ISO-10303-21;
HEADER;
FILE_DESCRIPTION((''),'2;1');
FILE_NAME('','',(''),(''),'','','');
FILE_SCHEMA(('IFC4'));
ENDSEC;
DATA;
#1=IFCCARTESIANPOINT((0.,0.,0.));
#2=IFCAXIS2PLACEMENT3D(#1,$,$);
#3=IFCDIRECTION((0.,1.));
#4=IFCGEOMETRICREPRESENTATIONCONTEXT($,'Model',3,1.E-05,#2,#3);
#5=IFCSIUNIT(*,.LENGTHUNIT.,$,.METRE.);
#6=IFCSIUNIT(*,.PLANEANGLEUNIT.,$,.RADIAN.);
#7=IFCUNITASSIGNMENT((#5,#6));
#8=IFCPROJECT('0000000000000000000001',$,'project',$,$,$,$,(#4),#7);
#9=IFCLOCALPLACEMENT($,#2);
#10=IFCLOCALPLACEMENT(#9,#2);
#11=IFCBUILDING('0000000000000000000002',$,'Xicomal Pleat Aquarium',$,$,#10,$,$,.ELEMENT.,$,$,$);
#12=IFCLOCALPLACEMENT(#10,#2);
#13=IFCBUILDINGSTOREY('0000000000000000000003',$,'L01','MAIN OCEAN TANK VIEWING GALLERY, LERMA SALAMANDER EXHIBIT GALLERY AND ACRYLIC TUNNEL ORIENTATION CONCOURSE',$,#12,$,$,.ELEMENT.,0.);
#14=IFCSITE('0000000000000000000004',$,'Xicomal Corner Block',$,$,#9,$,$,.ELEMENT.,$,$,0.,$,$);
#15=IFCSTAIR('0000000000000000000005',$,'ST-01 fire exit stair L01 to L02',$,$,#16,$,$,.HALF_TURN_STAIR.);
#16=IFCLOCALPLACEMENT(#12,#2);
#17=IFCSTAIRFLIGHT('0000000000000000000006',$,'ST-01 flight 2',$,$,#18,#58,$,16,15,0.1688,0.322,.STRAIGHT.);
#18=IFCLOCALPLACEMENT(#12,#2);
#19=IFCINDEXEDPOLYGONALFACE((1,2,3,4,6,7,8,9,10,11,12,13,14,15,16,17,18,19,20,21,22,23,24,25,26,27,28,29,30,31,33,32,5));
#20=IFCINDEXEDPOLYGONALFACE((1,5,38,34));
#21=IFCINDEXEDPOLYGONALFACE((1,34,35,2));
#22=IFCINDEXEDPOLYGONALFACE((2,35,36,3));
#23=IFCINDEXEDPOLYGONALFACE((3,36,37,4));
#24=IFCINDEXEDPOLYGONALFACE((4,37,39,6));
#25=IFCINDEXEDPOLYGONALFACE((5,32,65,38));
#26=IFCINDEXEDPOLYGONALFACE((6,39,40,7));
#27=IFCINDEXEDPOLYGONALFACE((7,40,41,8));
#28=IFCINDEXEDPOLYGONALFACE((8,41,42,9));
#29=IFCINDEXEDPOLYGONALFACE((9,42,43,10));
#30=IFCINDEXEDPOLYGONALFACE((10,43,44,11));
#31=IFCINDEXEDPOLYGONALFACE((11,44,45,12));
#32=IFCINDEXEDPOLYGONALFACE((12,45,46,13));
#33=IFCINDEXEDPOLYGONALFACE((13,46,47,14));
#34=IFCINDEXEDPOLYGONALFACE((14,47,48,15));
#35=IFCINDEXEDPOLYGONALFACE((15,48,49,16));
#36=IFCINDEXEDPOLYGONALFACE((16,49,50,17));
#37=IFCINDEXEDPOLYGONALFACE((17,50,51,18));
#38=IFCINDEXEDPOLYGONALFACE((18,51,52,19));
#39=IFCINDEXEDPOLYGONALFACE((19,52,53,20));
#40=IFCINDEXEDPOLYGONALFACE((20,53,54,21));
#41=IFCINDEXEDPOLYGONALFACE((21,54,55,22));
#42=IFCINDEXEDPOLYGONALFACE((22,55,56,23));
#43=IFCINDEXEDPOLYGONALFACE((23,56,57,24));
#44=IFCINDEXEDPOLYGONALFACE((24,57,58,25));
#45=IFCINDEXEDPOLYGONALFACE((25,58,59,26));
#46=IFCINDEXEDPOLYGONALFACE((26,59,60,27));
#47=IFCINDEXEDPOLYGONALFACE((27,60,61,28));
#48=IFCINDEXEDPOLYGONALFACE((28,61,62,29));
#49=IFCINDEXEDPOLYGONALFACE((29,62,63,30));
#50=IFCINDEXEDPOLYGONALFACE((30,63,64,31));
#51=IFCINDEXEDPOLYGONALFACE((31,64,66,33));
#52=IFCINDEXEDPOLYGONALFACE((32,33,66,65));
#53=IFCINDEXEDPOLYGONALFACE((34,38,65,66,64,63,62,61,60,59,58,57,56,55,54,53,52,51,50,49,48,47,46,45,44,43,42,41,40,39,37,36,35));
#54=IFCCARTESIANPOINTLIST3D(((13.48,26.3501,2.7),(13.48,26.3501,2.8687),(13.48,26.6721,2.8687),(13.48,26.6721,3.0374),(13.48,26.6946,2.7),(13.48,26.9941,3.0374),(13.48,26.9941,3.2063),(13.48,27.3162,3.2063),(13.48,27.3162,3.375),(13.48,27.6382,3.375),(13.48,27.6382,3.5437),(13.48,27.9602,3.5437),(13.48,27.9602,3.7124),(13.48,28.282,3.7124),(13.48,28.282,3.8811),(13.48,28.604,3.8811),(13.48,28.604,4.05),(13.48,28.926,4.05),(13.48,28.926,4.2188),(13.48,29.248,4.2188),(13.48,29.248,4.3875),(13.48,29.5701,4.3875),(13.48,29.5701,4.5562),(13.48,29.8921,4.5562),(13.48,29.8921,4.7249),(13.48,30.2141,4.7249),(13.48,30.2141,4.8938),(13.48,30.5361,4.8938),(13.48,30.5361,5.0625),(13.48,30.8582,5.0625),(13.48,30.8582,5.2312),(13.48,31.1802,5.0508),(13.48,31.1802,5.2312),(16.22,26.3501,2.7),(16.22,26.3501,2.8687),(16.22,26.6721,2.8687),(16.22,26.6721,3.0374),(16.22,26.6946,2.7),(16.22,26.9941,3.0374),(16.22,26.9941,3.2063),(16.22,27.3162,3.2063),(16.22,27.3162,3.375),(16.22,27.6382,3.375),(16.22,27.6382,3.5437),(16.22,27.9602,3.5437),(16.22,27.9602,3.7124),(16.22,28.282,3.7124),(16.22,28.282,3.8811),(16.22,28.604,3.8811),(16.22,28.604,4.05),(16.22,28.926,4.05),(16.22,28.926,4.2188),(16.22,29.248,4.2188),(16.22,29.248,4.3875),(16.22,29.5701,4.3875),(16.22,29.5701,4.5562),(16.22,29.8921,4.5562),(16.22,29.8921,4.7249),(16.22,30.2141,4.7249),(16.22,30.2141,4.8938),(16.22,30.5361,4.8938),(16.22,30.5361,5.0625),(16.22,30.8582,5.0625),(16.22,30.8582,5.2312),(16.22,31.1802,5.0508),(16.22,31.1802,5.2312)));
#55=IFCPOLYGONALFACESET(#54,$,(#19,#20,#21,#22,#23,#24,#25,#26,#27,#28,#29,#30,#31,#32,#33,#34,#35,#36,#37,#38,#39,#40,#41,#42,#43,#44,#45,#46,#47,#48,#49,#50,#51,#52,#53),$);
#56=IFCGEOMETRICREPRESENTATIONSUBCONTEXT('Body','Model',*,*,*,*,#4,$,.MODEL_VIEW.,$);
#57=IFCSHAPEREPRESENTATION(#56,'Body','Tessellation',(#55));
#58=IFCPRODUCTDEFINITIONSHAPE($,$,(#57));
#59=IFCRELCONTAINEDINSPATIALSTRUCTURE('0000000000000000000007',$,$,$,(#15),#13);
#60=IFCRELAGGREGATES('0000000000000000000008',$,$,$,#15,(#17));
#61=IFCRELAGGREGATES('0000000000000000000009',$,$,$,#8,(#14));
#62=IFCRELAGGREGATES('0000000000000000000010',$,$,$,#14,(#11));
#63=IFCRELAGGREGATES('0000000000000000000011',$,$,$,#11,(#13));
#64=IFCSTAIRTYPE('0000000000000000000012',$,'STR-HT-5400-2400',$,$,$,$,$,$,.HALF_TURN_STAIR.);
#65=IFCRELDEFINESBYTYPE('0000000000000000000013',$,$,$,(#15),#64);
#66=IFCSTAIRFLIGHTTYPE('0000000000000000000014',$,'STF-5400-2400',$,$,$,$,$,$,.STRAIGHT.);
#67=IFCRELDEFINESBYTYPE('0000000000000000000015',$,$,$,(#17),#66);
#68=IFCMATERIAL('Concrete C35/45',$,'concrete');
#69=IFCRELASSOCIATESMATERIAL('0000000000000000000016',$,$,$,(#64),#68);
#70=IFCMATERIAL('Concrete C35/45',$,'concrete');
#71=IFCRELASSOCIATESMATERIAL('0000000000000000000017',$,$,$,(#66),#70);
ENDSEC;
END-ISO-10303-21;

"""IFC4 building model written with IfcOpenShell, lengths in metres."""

from ifc_helpers import new_model, si_unit, direction, frame, origin, place, context, subcontext, project, spatial, polyline, outline, extrude, material, type_object, element, aggregate, save


model = new_model("IFC4")

# Units and contexts
model_context = context("Model", 3, precision=1e-05, world=origin(), true_north=direction((0.0, 1.0)))
body_context = subcontext(model_context, "Body", "Model", "MODEL_VIEW")
ifc_project = project(units=[si_unit("LENGTHUNIT", "METRE"), si_unit("PLANEANGLEUNIT", "RADIAN")], contexts=[model_context])

# Site, building, storey
site_placement = place(None, origin())
site = spatial("IfcSite", under=ifc_project, at=site_placement, Name="Xicomal Corner Block", CompositionType="ELEMENT", RefElevation=0.0)
building_placement = place(site_placement, origin())
building = spatial("IfcBuilding", under=site, at=building_placement, Name="Xicomal Pleat Aquarium", CompositionType="ELEMENT")
storey_placement = place(building_placement, origin())
storey = spatial("IfcBuildingStorey", under=building, at=storey_placement, Name="L01", Description="MAIN OCEAN TANK VIEWING GALLERY, LERMA SALAMANDER EXHIBIT GALLERY AND ACRYLIC TUNNEL ORIENTATION CONCOURSE", CompositionType="ELEMENT", Elevation=0.0)

# Stair, stair flight
ifc_material_1 = material(Name="Concrete C35/45", Category="concrete")
stair_type = type_object("IfcStairType", Name="STR-HT-5400-2400", PredefinedType="HALF_TURN_STAIR", material=ifc_material_1)
stair_placement = place(storey_placement, origin())
stair = element("IfcStair", 1, at=stair_placement, inside=storey, type_object=stair_type, Name="ST-01 fire exit stair L01 to L02", PredefinedType="HALF_TURN_STAIR")
ifc_material_2 = material(Name="Concrete C35/45", Category="concrete")
stair_flight_type = type_object("IfcStairFlightType", Name="STF-5400-2400", PredefinedType="STRAIGHT", material=ifc_material_2)
stair_flight_placement = place(storey_placement, frame((14.8501, 26.3501, 2.7), z_axis=(0.0, 0.0, 1.0), x_axis=(0.0, 1.0, 0.0)))
stair_flight = element("IfcStairFlight", 2, at=stair_flight_placement, type_object=stair_flight_type, Name="ST-01 flight 2", NumberOfRisers=16, NumberOfTreads=15, PredefinedType="STRAIGHT", RiserHeight=0.1688, TreadLength=0.322, context=body_context, shape_type="SweptSolid", body=[
    extrude(outline(polyline([(0.0, 0.0), (0.0, 0.1687), (0.322, 0.1687), (0.322, 0.3374), (0.644, 0.3374), (0.644, 0.5063), (0.9661, 0.5063), (0.9661, 0.675), (1.2881, 0.675), (1.2881, 0.8438), (1.6101, 0.8438), (1.6101, 1.0125), (1.9319, 1.0125), (1.9319, 1.1812), (2.2539, 1.1812), (2.2539, 1.3501), (2.5759, 1.3501), (2.5759, 1.5188), (2.8979, 1.5188), (2.8979, 1.6875), (3.22, 1.6875), (3.22, 1.8562), (3.542, 1.8562), (3.542, 2.0249), (3.864, 2.0249), (3.864, 2.1938), (4.186, 2.1938), (4.186, 2.3625), (4.5081, 2.3625), (4.5081, 2.5312), (4.8301, 2.5312), (4.8301, 2.7), (4.8301, 2.3508), (0.3445, 0.0), (0.0, 0.0)])), frame((0.0, 1.3701, 0.0), z_axis=(0.0, -1.0, 0.0), x_axis=(1.0, 0.0, 0.0)), (0.0, 0.0, 1.0), 2.74),
])
aggregate(stair, [stair_flight])

save(model, "model.ifc")
